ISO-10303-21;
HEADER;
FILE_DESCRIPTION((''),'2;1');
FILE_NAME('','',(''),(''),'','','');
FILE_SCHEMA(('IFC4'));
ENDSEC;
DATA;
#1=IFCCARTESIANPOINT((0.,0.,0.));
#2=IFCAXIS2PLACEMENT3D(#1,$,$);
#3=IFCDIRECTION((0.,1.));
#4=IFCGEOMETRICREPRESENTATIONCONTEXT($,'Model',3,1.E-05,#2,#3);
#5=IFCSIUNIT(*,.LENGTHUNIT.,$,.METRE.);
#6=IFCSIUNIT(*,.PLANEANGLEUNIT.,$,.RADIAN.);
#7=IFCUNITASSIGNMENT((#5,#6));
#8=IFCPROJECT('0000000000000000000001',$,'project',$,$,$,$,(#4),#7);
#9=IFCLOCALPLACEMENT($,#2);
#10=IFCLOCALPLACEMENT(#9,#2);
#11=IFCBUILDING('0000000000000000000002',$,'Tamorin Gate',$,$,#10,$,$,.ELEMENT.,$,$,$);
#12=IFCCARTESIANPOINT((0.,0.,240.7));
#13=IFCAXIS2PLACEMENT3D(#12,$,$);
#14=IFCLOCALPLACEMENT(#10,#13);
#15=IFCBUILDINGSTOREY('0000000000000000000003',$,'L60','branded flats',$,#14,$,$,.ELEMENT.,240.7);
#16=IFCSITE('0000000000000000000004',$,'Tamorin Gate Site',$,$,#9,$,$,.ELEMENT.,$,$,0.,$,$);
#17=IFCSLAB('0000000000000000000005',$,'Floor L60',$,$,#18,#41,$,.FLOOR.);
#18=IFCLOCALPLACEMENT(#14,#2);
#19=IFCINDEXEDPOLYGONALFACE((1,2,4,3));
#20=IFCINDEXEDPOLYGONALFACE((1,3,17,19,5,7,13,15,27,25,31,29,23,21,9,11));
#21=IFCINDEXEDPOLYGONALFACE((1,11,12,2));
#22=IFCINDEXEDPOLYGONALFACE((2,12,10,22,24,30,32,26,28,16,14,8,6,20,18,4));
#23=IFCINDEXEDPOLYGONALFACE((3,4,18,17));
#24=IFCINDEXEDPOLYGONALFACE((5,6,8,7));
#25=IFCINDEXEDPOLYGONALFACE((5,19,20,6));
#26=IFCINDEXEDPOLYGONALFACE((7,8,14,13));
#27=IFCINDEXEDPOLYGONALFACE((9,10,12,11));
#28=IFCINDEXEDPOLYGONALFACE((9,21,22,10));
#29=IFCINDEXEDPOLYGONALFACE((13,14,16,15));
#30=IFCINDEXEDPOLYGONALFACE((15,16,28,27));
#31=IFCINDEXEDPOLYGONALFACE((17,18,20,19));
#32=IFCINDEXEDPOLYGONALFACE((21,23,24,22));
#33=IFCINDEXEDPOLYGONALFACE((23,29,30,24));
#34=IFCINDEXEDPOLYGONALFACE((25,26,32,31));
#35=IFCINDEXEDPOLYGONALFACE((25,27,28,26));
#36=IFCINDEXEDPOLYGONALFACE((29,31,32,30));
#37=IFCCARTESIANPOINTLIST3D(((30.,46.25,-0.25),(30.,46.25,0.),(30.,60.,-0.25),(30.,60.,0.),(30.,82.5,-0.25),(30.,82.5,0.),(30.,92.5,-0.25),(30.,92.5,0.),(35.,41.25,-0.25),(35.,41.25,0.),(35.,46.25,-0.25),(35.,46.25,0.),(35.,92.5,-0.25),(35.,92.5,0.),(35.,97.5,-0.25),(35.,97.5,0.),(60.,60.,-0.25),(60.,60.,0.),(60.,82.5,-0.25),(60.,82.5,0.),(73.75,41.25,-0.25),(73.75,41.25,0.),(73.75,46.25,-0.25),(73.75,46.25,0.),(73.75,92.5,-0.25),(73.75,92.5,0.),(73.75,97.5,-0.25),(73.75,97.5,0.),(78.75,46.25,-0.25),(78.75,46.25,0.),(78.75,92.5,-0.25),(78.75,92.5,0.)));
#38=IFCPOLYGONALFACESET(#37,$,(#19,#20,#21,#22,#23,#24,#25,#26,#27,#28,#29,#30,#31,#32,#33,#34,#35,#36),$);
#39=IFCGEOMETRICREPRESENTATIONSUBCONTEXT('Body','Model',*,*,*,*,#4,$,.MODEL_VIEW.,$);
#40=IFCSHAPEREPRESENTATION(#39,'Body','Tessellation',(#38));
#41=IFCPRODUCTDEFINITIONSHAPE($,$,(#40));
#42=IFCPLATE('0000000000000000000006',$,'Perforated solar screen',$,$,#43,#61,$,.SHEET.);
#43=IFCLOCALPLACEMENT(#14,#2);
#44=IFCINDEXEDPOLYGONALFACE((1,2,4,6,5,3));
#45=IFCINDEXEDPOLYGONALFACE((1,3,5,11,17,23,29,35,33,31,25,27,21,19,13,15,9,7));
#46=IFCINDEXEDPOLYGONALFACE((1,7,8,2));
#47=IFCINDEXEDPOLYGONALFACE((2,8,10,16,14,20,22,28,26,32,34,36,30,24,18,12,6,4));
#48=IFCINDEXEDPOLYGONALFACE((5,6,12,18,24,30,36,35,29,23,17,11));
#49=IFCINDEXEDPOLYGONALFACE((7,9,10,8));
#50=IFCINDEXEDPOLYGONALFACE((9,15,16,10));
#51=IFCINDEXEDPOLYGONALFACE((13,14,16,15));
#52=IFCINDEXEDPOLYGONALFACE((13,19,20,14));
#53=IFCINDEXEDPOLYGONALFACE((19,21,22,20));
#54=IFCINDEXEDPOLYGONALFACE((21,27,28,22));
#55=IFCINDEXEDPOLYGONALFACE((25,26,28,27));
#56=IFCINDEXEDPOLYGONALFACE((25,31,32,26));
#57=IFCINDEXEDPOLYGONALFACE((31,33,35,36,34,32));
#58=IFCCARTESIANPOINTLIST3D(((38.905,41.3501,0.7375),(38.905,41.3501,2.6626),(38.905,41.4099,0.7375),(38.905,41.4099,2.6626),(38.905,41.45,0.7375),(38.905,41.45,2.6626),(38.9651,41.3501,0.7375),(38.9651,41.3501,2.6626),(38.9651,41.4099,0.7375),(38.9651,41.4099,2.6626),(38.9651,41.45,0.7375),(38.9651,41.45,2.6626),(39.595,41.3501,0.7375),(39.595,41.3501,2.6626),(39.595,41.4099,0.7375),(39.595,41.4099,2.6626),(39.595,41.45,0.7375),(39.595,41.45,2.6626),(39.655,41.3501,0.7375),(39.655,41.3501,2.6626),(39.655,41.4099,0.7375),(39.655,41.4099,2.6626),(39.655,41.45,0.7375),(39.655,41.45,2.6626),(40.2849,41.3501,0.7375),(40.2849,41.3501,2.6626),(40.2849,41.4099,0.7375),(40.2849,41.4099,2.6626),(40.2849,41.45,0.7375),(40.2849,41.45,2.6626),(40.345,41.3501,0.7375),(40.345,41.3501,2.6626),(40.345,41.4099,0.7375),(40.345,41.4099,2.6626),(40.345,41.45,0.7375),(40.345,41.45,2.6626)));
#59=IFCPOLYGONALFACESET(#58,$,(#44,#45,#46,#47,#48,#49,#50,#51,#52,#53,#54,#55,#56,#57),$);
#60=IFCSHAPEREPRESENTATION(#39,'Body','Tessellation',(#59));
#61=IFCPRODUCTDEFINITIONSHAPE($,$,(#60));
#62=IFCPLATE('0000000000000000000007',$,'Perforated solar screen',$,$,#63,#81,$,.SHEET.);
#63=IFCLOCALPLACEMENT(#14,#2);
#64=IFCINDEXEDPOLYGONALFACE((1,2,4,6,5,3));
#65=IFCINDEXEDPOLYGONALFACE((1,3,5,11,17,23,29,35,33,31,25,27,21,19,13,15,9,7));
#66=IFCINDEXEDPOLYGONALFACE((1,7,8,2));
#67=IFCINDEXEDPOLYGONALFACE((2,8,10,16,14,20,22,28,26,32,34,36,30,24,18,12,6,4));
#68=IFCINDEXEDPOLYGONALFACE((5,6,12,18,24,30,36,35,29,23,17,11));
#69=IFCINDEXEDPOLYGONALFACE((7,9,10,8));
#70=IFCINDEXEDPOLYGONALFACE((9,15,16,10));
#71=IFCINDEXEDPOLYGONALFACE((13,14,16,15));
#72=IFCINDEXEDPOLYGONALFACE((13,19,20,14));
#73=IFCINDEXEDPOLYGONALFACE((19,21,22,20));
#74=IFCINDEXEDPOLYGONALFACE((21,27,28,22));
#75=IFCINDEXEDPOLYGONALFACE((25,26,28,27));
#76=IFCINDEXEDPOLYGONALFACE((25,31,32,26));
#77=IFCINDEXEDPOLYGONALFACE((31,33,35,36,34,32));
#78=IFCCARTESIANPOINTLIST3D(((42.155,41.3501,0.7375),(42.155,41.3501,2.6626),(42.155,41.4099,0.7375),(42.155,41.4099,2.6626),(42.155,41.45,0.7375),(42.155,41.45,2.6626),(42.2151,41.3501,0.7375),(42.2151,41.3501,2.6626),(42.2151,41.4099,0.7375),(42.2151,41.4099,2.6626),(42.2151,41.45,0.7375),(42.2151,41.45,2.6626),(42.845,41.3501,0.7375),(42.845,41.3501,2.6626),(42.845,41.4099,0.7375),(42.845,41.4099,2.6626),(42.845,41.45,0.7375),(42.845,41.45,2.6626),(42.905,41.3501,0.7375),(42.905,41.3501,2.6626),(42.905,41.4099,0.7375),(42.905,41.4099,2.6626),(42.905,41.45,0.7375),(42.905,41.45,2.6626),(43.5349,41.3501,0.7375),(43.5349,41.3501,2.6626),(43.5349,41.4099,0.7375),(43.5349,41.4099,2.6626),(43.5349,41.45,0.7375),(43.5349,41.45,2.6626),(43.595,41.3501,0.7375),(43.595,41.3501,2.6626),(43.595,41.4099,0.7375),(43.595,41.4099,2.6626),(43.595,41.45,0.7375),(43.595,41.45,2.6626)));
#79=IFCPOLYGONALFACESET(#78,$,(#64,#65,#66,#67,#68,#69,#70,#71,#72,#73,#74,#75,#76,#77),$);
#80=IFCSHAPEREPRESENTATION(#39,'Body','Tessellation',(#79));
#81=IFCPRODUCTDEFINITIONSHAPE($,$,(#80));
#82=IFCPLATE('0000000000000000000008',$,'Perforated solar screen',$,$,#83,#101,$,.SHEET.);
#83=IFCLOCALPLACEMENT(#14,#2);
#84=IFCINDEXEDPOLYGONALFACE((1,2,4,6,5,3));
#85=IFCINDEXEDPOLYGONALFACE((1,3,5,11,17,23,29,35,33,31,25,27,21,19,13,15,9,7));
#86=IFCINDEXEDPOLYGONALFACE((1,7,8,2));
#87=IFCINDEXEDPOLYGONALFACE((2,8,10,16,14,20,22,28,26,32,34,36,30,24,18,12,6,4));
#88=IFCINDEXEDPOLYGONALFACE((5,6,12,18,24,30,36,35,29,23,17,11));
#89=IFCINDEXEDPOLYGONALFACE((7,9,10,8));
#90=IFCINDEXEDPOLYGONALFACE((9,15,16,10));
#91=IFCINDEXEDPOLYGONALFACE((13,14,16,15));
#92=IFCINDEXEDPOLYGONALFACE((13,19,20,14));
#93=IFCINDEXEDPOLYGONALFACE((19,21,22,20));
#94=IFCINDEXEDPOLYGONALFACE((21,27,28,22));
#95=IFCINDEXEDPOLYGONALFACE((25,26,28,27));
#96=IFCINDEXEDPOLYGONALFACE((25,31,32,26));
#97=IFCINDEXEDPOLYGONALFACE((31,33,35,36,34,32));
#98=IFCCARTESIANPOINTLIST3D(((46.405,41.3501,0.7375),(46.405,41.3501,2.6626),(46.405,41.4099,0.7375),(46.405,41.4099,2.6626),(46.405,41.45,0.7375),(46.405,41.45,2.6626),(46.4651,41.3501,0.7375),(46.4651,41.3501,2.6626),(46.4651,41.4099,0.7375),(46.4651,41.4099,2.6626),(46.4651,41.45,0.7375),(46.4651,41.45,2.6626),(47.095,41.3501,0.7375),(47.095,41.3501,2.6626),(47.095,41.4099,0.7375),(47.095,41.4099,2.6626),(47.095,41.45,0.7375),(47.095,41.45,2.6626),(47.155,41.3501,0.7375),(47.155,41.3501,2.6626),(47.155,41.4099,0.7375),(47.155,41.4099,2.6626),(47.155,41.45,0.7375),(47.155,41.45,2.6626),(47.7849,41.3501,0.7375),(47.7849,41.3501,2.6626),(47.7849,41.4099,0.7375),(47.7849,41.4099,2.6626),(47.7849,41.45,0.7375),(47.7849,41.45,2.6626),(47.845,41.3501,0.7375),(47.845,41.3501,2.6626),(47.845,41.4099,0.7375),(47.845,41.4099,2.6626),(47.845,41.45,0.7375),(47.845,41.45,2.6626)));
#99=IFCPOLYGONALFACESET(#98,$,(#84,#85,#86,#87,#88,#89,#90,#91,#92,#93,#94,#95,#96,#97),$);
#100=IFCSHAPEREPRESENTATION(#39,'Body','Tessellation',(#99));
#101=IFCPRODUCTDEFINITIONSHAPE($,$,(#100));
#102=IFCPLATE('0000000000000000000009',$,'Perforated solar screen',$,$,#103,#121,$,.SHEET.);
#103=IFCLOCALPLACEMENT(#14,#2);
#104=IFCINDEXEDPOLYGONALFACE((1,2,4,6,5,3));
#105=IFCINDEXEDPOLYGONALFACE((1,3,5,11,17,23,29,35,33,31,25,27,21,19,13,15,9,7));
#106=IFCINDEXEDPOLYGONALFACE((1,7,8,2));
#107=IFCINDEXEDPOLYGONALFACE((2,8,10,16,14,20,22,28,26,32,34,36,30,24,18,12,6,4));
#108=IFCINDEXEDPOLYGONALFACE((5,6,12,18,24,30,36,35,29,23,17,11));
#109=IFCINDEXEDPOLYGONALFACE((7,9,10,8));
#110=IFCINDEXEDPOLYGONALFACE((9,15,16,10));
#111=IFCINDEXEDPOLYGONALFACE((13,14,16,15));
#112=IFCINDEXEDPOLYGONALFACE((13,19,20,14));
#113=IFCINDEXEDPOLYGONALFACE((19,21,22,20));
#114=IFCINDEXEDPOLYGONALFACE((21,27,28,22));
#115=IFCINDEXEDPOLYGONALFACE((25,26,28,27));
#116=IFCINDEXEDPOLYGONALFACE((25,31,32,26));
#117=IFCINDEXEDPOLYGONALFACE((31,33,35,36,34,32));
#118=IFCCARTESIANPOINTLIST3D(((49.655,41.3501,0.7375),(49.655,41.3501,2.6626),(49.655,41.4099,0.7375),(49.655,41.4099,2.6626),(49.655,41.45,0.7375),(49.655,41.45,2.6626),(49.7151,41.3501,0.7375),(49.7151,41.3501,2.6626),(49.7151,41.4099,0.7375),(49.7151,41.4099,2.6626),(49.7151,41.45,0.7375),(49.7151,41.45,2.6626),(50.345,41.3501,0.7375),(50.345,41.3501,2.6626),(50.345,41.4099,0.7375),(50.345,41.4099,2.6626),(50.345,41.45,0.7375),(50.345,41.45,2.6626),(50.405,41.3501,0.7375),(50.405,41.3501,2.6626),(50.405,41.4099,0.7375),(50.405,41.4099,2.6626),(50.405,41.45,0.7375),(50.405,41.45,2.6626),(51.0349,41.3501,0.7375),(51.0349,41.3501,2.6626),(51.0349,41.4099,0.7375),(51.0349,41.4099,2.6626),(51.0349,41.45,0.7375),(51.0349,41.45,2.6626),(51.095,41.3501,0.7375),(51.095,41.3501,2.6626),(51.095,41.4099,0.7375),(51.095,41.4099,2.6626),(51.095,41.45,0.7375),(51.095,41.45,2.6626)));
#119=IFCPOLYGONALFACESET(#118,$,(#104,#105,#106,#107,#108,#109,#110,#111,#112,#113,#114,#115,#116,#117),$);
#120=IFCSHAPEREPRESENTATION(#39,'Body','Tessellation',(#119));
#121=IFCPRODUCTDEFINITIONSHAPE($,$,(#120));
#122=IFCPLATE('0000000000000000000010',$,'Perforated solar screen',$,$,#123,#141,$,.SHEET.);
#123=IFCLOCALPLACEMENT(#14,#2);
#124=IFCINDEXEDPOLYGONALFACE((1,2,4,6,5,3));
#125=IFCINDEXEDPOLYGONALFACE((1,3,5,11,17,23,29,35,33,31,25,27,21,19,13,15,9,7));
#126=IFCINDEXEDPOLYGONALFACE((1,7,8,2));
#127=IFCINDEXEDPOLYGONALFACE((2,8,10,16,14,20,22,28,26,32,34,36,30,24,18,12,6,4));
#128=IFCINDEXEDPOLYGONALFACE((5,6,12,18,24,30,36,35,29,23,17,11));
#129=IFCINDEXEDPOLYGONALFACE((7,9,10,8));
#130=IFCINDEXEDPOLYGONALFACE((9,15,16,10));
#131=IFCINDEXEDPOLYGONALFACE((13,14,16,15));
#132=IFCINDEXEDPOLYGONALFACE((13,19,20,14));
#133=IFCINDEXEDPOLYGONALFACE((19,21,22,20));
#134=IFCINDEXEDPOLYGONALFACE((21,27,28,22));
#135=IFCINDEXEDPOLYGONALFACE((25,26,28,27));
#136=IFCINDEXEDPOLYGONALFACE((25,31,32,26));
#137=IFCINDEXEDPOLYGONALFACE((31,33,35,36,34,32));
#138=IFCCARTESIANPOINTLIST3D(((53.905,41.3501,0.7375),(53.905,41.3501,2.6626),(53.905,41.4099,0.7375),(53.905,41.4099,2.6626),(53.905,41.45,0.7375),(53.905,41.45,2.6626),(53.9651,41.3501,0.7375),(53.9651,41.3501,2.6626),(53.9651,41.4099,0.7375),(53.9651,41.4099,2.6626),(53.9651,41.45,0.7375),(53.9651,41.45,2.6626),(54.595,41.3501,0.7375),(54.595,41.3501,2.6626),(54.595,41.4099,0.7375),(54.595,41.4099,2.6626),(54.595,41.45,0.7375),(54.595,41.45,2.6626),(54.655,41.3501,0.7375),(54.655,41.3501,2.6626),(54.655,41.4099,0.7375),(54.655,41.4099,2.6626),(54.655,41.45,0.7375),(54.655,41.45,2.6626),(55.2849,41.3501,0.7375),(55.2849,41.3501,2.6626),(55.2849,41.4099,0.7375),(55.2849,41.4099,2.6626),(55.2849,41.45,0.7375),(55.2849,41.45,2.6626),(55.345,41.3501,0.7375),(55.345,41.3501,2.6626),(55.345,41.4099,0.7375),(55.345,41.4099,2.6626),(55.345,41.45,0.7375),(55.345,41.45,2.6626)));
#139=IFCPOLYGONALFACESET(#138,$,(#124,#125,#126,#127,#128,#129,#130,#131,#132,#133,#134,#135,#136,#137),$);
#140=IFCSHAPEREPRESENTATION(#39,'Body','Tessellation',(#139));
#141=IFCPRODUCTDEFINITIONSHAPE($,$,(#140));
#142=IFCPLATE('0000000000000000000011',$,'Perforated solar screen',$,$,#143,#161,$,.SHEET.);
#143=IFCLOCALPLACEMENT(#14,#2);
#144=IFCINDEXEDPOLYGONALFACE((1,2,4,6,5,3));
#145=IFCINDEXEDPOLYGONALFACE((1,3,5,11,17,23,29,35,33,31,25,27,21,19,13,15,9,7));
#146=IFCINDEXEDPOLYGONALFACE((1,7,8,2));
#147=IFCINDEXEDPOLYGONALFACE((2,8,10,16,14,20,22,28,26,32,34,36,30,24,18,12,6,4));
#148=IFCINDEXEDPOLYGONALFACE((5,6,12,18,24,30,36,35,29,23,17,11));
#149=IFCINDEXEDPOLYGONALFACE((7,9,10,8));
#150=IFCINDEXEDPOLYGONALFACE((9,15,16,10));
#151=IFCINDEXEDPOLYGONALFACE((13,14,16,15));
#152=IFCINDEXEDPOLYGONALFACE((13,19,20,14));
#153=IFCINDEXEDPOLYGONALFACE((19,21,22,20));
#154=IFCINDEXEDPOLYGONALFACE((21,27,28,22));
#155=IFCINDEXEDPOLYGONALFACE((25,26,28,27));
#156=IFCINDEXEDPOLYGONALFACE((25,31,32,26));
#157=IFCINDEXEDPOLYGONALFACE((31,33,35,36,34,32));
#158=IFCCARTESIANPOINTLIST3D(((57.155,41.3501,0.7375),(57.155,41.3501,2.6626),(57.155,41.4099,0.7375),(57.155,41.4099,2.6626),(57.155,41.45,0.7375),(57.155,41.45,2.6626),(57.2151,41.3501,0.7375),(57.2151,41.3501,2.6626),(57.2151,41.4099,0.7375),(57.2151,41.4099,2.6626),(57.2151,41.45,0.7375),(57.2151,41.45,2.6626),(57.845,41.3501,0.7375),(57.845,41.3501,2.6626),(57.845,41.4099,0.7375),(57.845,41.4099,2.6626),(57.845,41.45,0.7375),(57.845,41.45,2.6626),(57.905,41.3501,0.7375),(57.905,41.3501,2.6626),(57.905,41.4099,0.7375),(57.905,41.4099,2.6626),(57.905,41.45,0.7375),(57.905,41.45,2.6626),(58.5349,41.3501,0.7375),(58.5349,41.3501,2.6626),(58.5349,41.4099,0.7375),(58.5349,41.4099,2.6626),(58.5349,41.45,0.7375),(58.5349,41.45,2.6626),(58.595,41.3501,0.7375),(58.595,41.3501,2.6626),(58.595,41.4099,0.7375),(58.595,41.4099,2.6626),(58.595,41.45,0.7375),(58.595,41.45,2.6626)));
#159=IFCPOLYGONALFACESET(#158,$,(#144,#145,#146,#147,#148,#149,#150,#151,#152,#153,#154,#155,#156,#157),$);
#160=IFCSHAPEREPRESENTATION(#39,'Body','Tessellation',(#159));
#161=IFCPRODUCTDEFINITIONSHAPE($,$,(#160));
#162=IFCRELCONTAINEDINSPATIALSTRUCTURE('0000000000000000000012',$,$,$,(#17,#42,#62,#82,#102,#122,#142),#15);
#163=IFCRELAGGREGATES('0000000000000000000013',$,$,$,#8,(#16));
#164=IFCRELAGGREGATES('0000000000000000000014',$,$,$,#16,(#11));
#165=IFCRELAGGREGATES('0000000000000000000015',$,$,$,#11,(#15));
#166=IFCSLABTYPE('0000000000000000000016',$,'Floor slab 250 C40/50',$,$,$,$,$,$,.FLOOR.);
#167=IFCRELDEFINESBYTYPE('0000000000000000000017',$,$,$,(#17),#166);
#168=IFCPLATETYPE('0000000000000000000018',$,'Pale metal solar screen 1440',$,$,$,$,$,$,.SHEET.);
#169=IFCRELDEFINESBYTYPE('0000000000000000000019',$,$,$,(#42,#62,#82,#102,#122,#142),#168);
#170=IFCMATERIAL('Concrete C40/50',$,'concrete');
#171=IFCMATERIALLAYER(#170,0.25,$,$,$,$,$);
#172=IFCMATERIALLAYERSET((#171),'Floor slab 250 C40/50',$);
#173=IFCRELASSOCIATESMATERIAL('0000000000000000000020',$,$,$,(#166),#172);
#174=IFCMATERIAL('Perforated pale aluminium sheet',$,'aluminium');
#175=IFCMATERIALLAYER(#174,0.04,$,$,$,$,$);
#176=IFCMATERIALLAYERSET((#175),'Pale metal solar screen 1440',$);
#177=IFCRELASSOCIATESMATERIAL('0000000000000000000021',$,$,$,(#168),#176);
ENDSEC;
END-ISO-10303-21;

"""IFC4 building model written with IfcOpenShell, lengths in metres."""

from ifc_helpers import new_model, si_unit, direction, frame, origin, place, context, subcontext, project, spatial, polyline, outline, extrude, material, layer, layer_set, type_object, element, save


model = new_model("IFC4")

# Units and contexts
model_context = context("Model", 3, precision=1e-05, world=origin(), true_north=direction((0.0, 1.0)))
body_context = subcontext(model_context, "Body", "Model", "MODEL_VIEW")
ifc_project = project(units=[si_unit("LENGTHUNIT", "METRE"), si_unit("PLANEANGLEUNIT", "RADIAN")], contexts=[model_context])

# Site, building, storey
site_placement = place(None, origin())
site = spatial("IfcSite", under=ifc_project, at=site_placement, Name="Tamorin Gate Site", CompositionType="ELEMENT", RefElevation=0.0)
building_placement = place(site_placement, origin())
building = spatial("IfcBuilding", under=site, at=building_placement, Name="Tamorin Gate", CompositionType="ELEMENT")
storey_placement = place(building_placement, frame((0.0, 0.0, 240.7)))
storey = spatial("IfcBuildingStorey", under=building, at=storey_placement, Name="L60", Description="branded flats", CompositionType="ELEMENT", Elevation=240.7)

# Slab
ifc_material_1 = material(Name="Concrete C40/50", Category="concrete")
ifc_layer_1 = layer(ifc_material_1, 0.25)
ifc_layer_set_1 = layer_set([ifc_layer_1], Name="Floor slab 250 C40/50")
slab_type = type_object("IfcSlabType", Name="Floor slab 250 C40/50", PredefinedType="FLOOR", material=ifc_layer_set_1)
slab_placement = place(storey_placement, frame((0.0, 0.0, -0.25)))
element("IfcSlab", 1, at=slab_placement, inside=storey, type_object=slab_type, Name="Floor L60", PredefinedType="FLOOR", context=body_context, shape_type="SweptSolid", body=[
    extrude(outline(polyline([(30.0, 92.5), (35.0, 92.5), (35.0, 97.5), (73.75, 97.5), (73.75, 92.5), (78.75, 92.5), (78.75, 46.25), (73.75, 46.25), (73.75, 41.25), (35.0, 41.25), (35.0, 46.25), (30.0, 46.25), (30.0, 60.0), (60.0, 60.0), (60.0, 82.5), (30.0, 82.5), (30.0, 92.5)])), origin(), (0.0, 0.0, 1.0), 0.25),
])

# Plates
ifc_material_2 = material(Name="Perforated pale aluminium sheet", Category="aluminium")
ifc_layer_2 = layer(ifc_material_2, 0.04)
ifc_layer_set_2 = layer_set([ifc_layer_2], Name="Pale metal solar screen 1440")
plate_type = type_object("IfcPlateType", Name="Pale metal solar screen 1440", PredefinedType="SHEET", material=ifc_layer_set_2)
plate_1_placement = place(storey_placement, frame((0.0, 0.0, 0.7375)))
element("IfcPlate", 2, at=plate_1_placement, inside=storey, type_object=plate_type, Name="Perforated solar screen", PredefinedType="SHEET", context=body_context, shape_type="SweptSolid", body=[
    extrude(outline(polyline([(38.905, 41.4099), (38.905, 41.45), (38.9651, 41.45), (39.595, 41.45), (39.655, 41.45), (40.2849, 41.45), (40.345, 41.45), (40.345, 41.45), (40.345, 41.4099), (40.345, 41.4099), (40.345, 41.3501), (40.2849, 41.3501), (40.2849, 41.4099), (39.655, 41.4099), (39.655, 41.3501), (39.595, 41.3501), (39.595, 41.4099), (38.9651, 41.4099), (38.9651, 41.3501), (38.905, 41.3501), (38.905, 41.4099)])), origin(), (0.0, 0.0, 1.0), 1.925),
])
plate_2_placement = place(storey_placement, frame((0.0, 0.0, 0.7375)))
element("IfcPlate", 3, at=plate_2_placement, inside=storey, type_object=plate_type, Name="Perforated solar screen", PredefinedType="SHEET", context=body_context, shape_type="SweptSolid", body=[
    extrude(outline(polyline([(42.155, 41.4099), (42.155, 41.45), (42.2151, 41.45), (42.845, 41.45), (42.905, 41.45), (43.5349, 41.45), (43.595, 41.45), (43.595, 41.4099), (43.595, 41.3501), (43.5349, 41.3501), (43.5349, 41.4099), (42.905, 41.4099), (42.905, 41.3501), (42.845, 41.3501), (42.845, 41.4099), (42.2151, 41.4099), (42.2151, 41.3501), (42.155, 41.3501), (42.155, 41.4099)])), origin(), (0.0, 0.0, 1.0), 1.925),
])
plate_3_placement = place(storey_placement, frame((0.0, 0.0, 0.7375)))
element("IfcPlate", 4, at=plate_3_placement, inside=storey, type_object=plate_type, Name="Perforated solar screen", PredefinedType="SHEET", context=body_context, shape_type="SweptSolid", body=[
    extrude(outline(polyline([(46.405, 41.4099), (46.405, 41.45), (46.4651, 41.45), (47.095, 41.45), (47.155, 41.45), (47.7849, 41.45), (47.845, 41.45), (47.845, 41.4099), (47.845, 41.3501), (47.7849, 41.3501), (47.7849, 41.4099), (47.155, 41.4099), (47.155, 41.3501), (47.095, 41.3501), (47.095, 41.4099), (46.4651, 41.4099), (46.4651, 41.3501), (46.405, 41.3501), (46.405, 41.4099)])), origin(), (0.0, 0.0, 1.0), 1.925),
])
plate_4_placement = place(storey_placement, frame((0.0, 0.0, 0.7375)))
element("IfcPlate", 5, at=plate_4_placement, inside=storey, type_object=plate_type, Name="Perforated solar screen", PredefinedType="SHEET", context=body_context, shape_type="SweptSolid", body=[
    extrude(outline(polyline([(49.655, 41.4099), (49.655, 41.45), (49.7151, 41.45), (50.345, 41.45), (50.405, 41.45), (51.0349, 41.45), (51.095, 41.45), (51.095, 41.4099), (51.095, 41.3501), (51.0349, 41.3501), (51.0349, 41.4099), (50.405, 41.4099), (50.405, 41.3501), (50.345, 41.3501), (50.345, 41.4099), (49.7151, 41.4099), (49.7151, 41.3501), (49.655, 41.3501), (49.655, 41.4099)])), origin(), (0.0, 0.0, 1.0), 1.925),
])
plate_5_placement = place(storey_placement, frame((0.0, 0.0, 0.7375)))
element("IfcPlate", 6, at=plate_5_placement, inside=storey, type_object=plate_type, Name="Perforated solar screen", PredefinedType="SHEET", context=body_context, shape_type="SweptSolid", body=[
    extrude(outline(polyline([(53.905, 41.4099), (53.905, 41.45), (53.9651, 41.45), (54.595, 41.45), (54.655, 41.45), (55.2849, 41.45), (55.345, 41.45), (55.345, 41.4099), (55.345, 41.3501), (55.2849, 41.3501), (55.2849, 41.4099), (54.655, 41.4099), (54.655, 41.3501), (54.595, 41.3501), (54.595, 41.4099), (53.9651, 41.4099), (53.9651, 41.3501), (53.905, 41.3501), (53.905, 41.4099)])), origin(), (0.0, 0.0, 1.0), 1.925),
])
plate_6_placement = place(storey_placement, frame((0.0, 0.0, 0.7375)))
element("IfcPlate", 7, at=plate_6_placement, inside=storey, type_object=plate_type, Name="Perforated solar screen", PredefinedType="SHEET", context=body_context, shape_type="SweptSolid", body=[
    extrude(outline(polyline([(57.155, 41.4099), (57.155, 41.45), (57.2151, 41.45), (57.845, 41.45), (57.905, 41.45), (58.5349, 41.45), (58.595, 41.45), (58.595, 41.4099), (58.595, 41.3501), (58.5349, 41.3501), (58.5349, 41.4099), (57.905, 41.4099), (57.905, 41.3501), (57.845, 41.3501), (57.845, 41.4099), (57.2151, 41.4099), (57.2151, 41.3501), (57.155, 41.3501), (57.155, 41.4099)])), origin(), (0.0, 0.0, 1.0), 1.925),
])

save(model, "model.ifc")
